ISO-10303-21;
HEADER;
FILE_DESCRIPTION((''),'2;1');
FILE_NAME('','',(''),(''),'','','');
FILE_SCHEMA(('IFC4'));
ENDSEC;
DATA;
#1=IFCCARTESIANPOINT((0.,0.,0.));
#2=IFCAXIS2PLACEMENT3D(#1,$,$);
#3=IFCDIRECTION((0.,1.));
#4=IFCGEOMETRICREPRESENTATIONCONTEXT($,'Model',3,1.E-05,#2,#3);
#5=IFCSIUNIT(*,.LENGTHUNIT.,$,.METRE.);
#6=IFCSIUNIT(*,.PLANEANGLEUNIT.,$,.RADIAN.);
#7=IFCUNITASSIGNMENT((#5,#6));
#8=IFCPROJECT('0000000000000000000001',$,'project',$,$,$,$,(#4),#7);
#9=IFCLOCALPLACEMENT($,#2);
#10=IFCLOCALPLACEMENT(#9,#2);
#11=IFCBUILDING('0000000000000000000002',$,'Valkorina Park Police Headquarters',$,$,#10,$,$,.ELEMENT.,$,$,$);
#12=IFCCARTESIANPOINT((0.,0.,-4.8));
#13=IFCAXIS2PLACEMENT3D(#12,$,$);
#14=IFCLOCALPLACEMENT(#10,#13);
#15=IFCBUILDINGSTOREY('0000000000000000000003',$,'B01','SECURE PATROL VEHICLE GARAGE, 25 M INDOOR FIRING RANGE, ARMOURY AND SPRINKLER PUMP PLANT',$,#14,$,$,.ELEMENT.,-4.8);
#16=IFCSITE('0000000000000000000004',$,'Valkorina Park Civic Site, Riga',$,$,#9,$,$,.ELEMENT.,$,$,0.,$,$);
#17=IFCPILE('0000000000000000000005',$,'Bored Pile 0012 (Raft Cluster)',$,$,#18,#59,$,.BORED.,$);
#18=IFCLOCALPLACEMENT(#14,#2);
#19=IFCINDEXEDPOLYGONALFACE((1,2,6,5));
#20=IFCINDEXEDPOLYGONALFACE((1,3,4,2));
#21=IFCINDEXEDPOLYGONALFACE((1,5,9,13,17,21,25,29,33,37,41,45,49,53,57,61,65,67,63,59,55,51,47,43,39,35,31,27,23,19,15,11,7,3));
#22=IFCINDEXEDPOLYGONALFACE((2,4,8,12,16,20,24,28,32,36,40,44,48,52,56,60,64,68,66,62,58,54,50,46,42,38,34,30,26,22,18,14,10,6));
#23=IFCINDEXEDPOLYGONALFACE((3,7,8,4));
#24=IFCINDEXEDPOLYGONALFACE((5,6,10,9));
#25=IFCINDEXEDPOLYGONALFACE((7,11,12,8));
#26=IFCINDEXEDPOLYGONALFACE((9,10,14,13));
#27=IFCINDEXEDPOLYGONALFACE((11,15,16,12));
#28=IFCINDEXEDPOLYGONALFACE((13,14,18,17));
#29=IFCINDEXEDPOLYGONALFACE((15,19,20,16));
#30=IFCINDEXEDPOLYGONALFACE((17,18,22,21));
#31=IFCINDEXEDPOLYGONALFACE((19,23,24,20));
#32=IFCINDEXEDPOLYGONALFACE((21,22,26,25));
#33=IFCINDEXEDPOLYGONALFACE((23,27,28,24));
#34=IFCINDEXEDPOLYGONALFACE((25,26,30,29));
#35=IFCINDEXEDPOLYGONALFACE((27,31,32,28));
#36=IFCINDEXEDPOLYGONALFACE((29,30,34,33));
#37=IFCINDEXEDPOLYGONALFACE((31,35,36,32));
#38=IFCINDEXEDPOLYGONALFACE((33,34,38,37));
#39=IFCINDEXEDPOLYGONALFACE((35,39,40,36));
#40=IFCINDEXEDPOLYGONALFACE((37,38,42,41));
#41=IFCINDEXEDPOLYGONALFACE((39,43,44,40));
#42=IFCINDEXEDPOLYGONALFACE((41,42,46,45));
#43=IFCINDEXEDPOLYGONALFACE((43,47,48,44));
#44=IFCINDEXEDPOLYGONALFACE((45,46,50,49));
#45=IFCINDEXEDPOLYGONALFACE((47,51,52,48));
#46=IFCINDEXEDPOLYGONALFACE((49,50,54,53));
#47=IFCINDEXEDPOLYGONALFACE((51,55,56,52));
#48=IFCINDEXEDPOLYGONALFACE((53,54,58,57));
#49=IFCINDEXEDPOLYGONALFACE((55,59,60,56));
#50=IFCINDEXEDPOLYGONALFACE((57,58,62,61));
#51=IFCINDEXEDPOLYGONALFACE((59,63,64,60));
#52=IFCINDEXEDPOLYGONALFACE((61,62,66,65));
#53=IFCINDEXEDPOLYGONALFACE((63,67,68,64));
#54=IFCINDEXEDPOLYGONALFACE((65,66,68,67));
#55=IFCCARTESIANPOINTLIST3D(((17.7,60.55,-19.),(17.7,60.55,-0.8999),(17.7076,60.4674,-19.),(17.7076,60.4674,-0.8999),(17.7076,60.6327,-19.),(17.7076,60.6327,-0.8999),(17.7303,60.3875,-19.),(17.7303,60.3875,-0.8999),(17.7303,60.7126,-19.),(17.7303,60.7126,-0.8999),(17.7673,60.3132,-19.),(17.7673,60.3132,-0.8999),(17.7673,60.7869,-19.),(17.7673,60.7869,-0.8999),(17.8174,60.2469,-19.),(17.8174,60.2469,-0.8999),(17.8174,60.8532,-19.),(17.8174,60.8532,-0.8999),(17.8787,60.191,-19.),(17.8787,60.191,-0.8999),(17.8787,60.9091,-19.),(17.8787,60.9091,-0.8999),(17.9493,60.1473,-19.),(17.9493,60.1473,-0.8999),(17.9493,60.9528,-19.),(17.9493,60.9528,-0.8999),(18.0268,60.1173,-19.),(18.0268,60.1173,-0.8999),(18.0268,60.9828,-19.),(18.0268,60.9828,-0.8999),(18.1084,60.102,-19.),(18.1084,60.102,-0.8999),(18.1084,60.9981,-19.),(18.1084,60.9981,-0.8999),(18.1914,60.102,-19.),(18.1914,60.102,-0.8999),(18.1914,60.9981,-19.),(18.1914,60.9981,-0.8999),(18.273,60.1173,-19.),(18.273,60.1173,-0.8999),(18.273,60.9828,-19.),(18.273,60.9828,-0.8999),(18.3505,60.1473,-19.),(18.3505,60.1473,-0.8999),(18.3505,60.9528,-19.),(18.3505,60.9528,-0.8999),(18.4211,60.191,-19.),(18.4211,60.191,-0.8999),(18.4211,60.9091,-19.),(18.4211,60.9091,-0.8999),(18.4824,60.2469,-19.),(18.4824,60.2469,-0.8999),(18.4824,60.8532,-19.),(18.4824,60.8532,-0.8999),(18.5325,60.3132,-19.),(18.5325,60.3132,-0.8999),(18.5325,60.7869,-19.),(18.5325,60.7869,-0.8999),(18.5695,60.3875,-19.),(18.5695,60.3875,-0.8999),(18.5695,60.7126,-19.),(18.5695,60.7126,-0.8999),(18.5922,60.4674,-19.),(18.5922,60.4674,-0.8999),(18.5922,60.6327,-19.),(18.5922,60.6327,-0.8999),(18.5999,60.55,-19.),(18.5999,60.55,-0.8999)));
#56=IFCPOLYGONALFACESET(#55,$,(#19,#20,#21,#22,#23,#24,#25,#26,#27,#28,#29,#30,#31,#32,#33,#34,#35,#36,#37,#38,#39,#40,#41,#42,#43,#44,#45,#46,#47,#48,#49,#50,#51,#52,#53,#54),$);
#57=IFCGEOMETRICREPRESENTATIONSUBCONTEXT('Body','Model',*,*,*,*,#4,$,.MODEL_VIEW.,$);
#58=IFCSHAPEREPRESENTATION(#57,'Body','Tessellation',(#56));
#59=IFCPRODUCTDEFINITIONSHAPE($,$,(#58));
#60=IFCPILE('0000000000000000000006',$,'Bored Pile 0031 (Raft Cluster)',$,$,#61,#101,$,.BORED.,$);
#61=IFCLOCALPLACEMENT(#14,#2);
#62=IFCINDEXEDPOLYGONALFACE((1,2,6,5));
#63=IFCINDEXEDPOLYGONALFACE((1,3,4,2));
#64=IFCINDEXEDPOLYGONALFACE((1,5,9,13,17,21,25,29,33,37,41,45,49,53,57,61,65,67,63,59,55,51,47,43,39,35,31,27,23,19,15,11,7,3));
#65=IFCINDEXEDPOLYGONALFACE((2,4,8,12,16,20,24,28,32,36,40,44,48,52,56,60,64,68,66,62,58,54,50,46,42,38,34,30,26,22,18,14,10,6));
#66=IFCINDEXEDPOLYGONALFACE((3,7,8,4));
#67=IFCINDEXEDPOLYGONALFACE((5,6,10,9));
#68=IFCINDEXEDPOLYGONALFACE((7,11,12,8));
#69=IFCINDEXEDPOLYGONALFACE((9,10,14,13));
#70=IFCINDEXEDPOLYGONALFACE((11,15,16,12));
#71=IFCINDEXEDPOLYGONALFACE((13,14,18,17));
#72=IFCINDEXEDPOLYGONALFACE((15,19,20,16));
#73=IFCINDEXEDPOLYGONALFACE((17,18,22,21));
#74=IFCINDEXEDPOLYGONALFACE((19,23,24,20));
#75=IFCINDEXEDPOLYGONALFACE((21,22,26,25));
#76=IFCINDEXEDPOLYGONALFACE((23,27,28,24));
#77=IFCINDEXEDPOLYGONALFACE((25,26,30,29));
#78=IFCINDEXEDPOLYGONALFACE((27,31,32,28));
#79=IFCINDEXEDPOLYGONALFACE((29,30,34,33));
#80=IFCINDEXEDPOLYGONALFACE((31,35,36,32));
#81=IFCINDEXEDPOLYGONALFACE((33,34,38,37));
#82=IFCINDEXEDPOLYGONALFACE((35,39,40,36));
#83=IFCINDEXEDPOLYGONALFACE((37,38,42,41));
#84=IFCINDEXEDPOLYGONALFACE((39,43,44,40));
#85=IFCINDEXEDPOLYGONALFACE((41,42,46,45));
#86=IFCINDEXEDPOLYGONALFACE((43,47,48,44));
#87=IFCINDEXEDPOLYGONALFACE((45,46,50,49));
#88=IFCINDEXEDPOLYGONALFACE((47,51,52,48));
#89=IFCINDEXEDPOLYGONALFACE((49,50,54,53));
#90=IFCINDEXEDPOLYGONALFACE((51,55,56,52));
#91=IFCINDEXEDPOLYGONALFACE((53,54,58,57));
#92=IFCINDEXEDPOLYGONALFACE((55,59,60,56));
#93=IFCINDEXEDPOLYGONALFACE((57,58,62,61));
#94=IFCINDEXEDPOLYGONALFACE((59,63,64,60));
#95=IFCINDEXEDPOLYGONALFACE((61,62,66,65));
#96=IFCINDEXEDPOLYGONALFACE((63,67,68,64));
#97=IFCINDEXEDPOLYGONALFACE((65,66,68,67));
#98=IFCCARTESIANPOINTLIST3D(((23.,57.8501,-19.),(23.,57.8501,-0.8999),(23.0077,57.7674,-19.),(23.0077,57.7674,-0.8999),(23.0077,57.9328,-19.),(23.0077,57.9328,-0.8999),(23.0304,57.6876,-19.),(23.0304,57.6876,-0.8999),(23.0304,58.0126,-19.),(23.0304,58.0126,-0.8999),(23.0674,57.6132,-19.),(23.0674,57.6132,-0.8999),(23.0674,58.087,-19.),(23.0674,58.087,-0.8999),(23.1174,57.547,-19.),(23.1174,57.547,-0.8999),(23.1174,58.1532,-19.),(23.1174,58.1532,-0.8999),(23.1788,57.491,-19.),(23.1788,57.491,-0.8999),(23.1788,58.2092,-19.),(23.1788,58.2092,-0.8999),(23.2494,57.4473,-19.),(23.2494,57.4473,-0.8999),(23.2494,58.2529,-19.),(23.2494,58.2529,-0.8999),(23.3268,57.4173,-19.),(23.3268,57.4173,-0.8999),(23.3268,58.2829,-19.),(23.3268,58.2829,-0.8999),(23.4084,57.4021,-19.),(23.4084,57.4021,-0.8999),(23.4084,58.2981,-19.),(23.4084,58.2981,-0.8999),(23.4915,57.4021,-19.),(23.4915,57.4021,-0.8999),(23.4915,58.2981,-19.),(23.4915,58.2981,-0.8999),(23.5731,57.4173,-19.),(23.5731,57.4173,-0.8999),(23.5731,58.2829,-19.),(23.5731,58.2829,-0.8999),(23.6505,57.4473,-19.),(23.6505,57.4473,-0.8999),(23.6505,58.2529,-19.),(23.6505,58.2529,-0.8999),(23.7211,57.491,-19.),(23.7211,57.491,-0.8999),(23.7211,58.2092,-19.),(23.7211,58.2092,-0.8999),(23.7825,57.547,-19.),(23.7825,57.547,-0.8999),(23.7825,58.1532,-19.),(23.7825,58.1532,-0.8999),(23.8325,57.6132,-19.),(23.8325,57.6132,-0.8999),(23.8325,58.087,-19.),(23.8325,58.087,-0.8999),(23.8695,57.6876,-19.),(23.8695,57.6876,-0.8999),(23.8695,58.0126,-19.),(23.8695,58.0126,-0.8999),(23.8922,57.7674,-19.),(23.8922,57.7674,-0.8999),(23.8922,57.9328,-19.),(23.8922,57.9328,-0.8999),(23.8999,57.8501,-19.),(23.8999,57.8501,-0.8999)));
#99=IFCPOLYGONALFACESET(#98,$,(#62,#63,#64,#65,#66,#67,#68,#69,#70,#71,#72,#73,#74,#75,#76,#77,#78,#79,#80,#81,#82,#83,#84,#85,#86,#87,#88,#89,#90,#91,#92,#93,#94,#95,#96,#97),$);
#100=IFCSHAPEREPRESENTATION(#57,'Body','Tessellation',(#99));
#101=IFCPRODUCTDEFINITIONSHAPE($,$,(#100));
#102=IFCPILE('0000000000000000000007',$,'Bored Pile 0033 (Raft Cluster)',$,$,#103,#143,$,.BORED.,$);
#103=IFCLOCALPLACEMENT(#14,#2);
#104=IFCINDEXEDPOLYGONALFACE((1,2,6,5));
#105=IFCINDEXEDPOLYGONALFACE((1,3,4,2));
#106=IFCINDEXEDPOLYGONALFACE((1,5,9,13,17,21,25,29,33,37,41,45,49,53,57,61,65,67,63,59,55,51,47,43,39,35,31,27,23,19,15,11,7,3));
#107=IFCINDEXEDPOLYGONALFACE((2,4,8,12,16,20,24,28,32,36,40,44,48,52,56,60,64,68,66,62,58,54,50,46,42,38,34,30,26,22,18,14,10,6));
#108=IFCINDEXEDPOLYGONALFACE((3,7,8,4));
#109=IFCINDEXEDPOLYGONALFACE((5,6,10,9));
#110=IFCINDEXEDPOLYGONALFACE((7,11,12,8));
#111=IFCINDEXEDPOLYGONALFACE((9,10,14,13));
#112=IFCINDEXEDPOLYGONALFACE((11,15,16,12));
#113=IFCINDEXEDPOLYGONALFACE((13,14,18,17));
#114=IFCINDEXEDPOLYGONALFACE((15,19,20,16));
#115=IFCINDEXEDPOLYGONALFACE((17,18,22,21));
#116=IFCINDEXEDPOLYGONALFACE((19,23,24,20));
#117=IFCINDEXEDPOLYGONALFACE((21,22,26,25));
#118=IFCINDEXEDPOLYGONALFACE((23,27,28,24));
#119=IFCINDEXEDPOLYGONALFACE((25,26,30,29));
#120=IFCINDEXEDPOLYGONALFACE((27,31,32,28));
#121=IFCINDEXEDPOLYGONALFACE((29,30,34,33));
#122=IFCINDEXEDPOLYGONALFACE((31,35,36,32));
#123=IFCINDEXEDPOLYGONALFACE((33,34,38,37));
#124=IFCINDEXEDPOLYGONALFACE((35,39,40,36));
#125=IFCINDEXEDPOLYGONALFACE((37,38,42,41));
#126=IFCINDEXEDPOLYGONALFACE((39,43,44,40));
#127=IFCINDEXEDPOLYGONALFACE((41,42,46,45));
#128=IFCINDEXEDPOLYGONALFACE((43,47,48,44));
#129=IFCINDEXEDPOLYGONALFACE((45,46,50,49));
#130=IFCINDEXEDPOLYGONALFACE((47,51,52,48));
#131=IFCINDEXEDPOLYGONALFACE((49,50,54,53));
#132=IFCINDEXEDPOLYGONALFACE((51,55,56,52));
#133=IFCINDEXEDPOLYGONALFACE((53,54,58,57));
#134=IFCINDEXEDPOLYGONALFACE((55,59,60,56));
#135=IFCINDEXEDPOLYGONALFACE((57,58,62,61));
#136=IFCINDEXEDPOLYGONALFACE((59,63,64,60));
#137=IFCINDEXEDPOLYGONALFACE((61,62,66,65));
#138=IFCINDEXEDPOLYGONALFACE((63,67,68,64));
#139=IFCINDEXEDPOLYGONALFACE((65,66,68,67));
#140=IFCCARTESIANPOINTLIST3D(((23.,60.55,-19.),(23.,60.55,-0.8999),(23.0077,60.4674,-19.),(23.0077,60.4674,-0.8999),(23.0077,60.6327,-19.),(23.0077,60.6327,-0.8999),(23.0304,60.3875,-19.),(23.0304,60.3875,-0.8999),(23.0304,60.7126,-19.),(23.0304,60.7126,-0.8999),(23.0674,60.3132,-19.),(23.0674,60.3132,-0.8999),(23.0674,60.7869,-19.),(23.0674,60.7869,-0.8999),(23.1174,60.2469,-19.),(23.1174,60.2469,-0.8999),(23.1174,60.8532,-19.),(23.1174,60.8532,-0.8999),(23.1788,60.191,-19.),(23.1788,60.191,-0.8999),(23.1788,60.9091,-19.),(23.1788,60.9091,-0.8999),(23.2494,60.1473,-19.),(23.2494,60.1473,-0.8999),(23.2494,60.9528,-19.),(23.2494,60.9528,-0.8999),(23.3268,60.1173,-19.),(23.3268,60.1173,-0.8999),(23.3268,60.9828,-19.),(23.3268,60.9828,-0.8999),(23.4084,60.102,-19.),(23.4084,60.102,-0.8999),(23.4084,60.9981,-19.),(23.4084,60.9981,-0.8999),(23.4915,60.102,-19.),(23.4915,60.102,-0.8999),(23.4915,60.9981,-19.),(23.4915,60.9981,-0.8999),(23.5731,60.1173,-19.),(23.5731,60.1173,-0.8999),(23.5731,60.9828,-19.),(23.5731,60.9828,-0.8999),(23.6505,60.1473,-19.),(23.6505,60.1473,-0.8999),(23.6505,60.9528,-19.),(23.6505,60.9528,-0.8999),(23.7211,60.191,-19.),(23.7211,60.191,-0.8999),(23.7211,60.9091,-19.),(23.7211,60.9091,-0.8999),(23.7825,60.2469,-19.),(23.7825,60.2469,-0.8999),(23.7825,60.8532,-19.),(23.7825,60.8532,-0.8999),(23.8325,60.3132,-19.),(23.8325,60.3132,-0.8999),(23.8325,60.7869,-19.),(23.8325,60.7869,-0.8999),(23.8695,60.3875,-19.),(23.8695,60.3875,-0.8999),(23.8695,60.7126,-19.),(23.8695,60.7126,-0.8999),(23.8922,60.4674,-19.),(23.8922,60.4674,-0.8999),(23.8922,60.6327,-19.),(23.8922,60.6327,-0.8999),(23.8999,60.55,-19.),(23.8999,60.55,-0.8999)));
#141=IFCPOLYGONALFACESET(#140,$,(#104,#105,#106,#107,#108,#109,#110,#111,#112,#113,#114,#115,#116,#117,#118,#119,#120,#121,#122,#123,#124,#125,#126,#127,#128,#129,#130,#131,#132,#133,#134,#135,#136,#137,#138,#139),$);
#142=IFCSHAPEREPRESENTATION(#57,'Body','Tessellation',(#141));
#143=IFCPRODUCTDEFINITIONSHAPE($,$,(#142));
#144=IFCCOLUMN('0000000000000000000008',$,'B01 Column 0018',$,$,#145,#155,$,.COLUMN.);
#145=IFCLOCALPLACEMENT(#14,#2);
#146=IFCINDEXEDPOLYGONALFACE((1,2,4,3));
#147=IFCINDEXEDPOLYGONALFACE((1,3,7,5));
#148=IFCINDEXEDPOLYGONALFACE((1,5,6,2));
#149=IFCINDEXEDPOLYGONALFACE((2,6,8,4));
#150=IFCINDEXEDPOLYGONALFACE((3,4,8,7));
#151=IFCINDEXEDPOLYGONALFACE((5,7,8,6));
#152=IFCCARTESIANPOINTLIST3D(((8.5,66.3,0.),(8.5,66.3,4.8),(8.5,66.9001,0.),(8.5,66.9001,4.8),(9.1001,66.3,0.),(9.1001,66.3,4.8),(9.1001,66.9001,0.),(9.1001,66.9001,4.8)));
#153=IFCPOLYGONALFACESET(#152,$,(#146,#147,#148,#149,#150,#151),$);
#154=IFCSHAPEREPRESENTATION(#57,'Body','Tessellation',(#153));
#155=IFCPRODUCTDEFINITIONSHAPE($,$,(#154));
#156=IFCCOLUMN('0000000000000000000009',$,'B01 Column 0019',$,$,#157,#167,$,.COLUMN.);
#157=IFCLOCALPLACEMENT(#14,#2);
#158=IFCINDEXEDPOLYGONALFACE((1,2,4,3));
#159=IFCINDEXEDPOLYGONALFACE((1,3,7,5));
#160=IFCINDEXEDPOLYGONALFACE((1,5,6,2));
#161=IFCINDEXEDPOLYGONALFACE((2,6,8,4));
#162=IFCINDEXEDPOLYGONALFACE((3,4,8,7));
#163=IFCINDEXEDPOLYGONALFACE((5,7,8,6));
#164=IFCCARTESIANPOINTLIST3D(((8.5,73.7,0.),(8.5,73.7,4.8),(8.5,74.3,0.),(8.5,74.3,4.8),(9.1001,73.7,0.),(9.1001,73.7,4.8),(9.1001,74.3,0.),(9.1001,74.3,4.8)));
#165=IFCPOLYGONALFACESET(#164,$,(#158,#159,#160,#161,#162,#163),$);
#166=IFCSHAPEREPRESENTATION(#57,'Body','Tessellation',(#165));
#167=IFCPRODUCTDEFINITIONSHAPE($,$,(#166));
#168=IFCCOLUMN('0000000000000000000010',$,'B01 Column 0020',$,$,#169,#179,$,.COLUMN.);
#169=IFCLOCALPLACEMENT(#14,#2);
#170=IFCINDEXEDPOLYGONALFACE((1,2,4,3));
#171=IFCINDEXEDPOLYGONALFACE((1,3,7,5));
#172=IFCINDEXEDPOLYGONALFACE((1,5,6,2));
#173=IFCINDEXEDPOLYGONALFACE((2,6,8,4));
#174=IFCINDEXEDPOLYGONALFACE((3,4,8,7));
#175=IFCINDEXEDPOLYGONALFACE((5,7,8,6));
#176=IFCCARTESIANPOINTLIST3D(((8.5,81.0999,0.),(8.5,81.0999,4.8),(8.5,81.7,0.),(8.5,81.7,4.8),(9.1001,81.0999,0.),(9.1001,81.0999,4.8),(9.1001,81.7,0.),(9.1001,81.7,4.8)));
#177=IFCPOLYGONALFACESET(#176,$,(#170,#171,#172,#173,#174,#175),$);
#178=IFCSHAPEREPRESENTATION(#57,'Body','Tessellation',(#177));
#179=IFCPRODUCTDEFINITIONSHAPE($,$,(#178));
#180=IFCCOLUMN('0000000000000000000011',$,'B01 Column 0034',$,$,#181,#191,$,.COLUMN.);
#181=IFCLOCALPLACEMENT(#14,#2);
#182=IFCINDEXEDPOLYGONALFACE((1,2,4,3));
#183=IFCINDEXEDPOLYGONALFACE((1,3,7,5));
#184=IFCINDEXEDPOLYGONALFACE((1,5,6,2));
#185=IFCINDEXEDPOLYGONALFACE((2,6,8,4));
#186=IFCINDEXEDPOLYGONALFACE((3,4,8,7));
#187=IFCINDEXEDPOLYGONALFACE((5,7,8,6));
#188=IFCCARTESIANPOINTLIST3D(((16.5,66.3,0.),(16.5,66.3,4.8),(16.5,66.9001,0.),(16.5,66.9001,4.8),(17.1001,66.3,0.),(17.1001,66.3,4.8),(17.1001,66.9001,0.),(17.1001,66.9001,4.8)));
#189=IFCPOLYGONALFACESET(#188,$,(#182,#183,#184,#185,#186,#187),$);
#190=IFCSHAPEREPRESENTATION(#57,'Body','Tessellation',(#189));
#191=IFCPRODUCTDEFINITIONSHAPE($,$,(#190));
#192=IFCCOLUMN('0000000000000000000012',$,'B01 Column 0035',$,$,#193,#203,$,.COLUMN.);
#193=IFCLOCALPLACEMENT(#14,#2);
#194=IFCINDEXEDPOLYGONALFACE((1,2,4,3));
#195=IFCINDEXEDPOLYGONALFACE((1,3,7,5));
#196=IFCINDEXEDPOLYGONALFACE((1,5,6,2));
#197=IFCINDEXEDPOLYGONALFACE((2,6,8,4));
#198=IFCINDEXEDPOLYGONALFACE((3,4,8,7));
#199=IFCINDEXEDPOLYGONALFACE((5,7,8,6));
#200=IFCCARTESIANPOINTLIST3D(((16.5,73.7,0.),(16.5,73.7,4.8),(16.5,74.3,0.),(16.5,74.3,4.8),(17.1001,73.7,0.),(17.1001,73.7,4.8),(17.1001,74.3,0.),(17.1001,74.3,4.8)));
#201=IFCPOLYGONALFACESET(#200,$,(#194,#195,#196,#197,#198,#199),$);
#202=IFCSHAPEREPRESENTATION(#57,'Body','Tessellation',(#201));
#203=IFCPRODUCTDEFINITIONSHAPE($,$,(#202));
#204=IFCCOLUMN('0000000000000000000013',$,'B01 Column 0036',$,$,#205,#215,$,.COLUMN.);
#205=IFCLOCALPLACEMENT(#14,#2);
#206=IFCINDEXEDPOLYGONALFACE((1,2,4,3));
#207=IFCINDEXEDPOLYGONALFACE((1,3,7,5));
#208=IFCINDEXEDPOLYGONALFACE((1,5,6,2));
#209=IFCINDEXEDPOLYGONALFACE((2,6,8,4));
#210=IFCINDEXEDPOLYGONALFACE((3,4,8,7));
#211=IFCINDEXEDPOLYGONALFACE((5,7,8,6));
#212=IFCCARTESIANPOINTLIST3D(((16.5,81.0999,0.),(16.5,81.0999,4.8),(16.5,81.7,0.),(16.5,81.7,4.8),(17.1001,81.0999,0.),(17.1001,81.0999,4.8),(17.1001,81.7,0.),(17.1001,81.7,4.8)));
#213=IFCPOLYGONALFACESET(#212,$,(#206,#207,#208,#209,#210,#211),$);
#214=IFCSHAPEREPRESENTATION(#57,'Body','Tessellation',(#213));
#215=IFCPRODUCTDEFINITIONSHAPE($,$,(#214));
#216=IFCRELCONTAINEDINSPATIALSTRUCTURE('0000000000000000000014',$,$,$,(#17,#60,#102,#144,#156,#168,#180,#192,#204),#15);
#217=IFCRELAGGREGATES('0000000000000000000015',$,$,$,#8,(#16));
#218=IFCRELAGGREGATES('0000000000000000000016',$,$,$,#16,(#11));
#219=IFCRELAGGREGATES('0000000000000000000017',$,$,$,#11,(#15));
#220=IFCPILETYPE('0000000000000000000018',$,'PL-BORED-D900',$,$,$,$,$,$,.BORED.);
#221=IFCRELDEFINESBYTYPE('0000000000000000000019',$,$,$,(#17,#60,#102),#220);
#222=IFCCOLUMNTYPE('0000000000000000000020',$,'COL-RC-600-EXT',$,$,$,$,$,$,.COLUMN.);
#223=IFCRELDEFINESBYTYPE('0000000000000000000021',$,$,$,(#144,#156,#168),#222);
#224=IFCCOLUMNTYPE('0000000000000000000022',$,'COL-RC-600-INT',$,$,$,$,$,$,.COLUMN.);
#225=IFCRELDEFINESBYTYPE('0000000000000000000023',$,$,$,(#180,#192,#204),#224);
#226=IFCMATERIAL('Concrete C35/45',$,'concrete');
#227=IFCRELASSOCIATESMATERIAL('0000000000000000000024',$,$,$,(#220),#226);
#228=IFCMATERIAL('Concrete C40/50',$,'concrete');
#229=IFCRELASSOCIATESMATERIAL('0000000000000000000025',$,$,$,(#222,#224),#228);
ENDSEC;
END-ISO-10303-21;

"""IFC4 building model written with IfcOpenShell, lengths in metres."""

from ifc_helpers import new_model, si_unit, direction, frame, origin, origin_2d, place, context, subcontext, project, spatial, rectangle, circle, extrude, material, material_profile, profile_set, type_object, element, save


model = new_model("IFC4")

# Units and contexts
model_context = context("Model", 3, precision=1e-05, world=origin(), true_north=direction((0.0, 1.0)))
body_context = subcontext(model_context, "Body", "Model", "MODEL_VIEW")
ifc_project = project(units=[si_unit("LENGTHUNIT", "METRE"), si_unit("PLANEANGLEUNIT", "RADIAN")], contexts=[model_context])

# Site, building, storey
site_placement = place(None, origin())
site = spatial("IfcSite", under=ifc_project, at=site_placement, Name="Valkorina Park Civic Site, Riga", CompositionType="ELEMENT", RefElevation=0.0)
building_placement = place(site_placement, origin())
building = spatial("IfcBuilding", under=site, at=building_placement, Name="Valkorina Park Police Headquarters", CompositionType="ELEMENT")
storey_placement = place(building_placement, frame((0.0, 0.0, -4.8)))
storey = spatial("IfcBuildingStorey", under=building, at=storey_placement, Name="B01", Description="SECURE PATROL VEHICLE GARAGE, 25 M INDOOR FIRING RANGE, ARMOURY AND SPRINKLER PUMP PLANT", CompositionType="ELEMENT", Elevation=-4.8)

# Piles
ifc_material_1 = material(Name="Concrete C35/45", Category="concrete")
ifc_material_profile_1 = material_profile(ifc_material_1, circle(Radius=0.45, at=origin_2d()), Name="BORED PILE D900")
ifc_profile_set_1 = profile_set([ifc_material_profile_1], Name="Concrete C35/45")
pile_type_1 = type_object("IfcPileType", Name="PL-BORED-D900", PredefinedType="BORED", material=ifc_profile_set_1)
for number, where, z_axis, x_axis, name in (
    (1, (18.1499, 60.55, -0.8999), (0.0, 0.0, -1.0), (1.0, 0.0, 0.0), "Bored Pile 0012 (Raft Cluster)"),
    (2, (23.45, 57.8501, -0.8999), (0.0, 0.0, -1.0), (1.0, 0.0, 0.0), "Bored Pile 0031 (Raft Cluster)"),
    (3, (23.45, 60.55, -0.8999), (0.0, 0.0, -1.0), (1.0, 0.0, 0.0), "Bored Pile 0033 (Raft Cluster)"),
):
    element("IfcPile", number, at=place(storey_placement, frame(where, z_axis=z_axis, x_axis=x_axis)), inside=storey, type_object=pile_type_1, Name=name, PredefinedType="BORED", context=body_context, shape_type="SweptSolid", body=[
        extrude(circle(Radius=0.45, at=origin_2d()), origin(), (0.0, 0.0, 1.0), 18.1001),
    ])

# Columns
ifc_material_2 = material(Name="Concrete C40/50", Category="concrete")
ifc_material_profile_2 = material_profile(ifc_material_2, rectangle(XDim=0.6001, YDim=0.6001, at=origin_2d()), Name="RC COL 600x600")
ifc_profile_set_2 = profile_set([ifc_material_profile_2], Name="Concrete C40/50")
column_type_1 = type_object("IfcColumnType", Name="COL-RC-600-EXT", PredefinedType="COLUMN", material=ifc_profile_set_2)
for number, where, z_axis, x_axis, name in (
    (4, (8.8, 66.6001, 0.0), (0.0, 0.0, 1.0), (1.0, 0.0, 0.0), "B01 Column 0018"),
    (5, (8.8, 74.0, 0.0), (0.0, 0.0, 1.0), (1.0, 0.0, 0.0), "B01 Column 0019"),
    (6, (8.8, 81.3999, 0.0), (0.0, 0.0, 1.0), (1.0, 0.0, 0.0), "B01 Column 0020"),
):
    element("IfcColumn", number, at=place(storey_placement, frame(where, z_axis=z_axis, x_axis=x_axis)), inside=storey, type_object=column_type_1, Name=name, PredefinedType="COLUMN", context=body_context, shape_type="SweptSolid", body=[
        extrude(rectangle(XDim=0.6001, YDim=0.6001, at=origin_2d()), origin(), (0.0, 0.0, 1.0), 4.8),
    ])
ifc_material_profile_3 = material_profile(ifc_material_2, rectangle(XDim=0.6001, YDim=0.6001, at=origin_2d()), Name="RC COL 600x600")
ifc_profile_set_3 = profile_set([ifc_material_profile_3], Name="Concrete C40/50")
column_type_2 = type_object("IfcColumnType", Name="COL-RC-600-INT", PredefinedType="COLUMN", material=ifc_profile_set_3)
for number, where, z_axis, x_axis, name in (
    (7, (16.8, 66.6001, 0.0), (0.0, 0.0, 1.0), (1.0, 0.0, 0.0), "B01 Column 0034"),
    (8, (16.8, 74.0, 0.0), (0.0, 0.0, 1.0), (1.0, 0.0, 0.0), "B01 Column 0035"),
    (9, (16.8, 81.3999, 0.0), (0.0, 0.0, 1.0), (1.0, 0.0, 0.0), "B01 Column 0036"),
):
    element("IfcColumn", number, at=place(storey_placement, frame(where, z_axis=z_axis, x_axis=x_axis)), inside=storey, type_object=column_type_2, Name=name, PredefinedType="COLUMN", context=body_context, shape_type="SweptSolid", body=[
        extrude(rectangle(XDim=0.6001, YDim=0.6001, at=origin_2d()), origin(), (0.0, 0.0, 1.0), 4.8),
    ])

save(model, "model.ifc")
